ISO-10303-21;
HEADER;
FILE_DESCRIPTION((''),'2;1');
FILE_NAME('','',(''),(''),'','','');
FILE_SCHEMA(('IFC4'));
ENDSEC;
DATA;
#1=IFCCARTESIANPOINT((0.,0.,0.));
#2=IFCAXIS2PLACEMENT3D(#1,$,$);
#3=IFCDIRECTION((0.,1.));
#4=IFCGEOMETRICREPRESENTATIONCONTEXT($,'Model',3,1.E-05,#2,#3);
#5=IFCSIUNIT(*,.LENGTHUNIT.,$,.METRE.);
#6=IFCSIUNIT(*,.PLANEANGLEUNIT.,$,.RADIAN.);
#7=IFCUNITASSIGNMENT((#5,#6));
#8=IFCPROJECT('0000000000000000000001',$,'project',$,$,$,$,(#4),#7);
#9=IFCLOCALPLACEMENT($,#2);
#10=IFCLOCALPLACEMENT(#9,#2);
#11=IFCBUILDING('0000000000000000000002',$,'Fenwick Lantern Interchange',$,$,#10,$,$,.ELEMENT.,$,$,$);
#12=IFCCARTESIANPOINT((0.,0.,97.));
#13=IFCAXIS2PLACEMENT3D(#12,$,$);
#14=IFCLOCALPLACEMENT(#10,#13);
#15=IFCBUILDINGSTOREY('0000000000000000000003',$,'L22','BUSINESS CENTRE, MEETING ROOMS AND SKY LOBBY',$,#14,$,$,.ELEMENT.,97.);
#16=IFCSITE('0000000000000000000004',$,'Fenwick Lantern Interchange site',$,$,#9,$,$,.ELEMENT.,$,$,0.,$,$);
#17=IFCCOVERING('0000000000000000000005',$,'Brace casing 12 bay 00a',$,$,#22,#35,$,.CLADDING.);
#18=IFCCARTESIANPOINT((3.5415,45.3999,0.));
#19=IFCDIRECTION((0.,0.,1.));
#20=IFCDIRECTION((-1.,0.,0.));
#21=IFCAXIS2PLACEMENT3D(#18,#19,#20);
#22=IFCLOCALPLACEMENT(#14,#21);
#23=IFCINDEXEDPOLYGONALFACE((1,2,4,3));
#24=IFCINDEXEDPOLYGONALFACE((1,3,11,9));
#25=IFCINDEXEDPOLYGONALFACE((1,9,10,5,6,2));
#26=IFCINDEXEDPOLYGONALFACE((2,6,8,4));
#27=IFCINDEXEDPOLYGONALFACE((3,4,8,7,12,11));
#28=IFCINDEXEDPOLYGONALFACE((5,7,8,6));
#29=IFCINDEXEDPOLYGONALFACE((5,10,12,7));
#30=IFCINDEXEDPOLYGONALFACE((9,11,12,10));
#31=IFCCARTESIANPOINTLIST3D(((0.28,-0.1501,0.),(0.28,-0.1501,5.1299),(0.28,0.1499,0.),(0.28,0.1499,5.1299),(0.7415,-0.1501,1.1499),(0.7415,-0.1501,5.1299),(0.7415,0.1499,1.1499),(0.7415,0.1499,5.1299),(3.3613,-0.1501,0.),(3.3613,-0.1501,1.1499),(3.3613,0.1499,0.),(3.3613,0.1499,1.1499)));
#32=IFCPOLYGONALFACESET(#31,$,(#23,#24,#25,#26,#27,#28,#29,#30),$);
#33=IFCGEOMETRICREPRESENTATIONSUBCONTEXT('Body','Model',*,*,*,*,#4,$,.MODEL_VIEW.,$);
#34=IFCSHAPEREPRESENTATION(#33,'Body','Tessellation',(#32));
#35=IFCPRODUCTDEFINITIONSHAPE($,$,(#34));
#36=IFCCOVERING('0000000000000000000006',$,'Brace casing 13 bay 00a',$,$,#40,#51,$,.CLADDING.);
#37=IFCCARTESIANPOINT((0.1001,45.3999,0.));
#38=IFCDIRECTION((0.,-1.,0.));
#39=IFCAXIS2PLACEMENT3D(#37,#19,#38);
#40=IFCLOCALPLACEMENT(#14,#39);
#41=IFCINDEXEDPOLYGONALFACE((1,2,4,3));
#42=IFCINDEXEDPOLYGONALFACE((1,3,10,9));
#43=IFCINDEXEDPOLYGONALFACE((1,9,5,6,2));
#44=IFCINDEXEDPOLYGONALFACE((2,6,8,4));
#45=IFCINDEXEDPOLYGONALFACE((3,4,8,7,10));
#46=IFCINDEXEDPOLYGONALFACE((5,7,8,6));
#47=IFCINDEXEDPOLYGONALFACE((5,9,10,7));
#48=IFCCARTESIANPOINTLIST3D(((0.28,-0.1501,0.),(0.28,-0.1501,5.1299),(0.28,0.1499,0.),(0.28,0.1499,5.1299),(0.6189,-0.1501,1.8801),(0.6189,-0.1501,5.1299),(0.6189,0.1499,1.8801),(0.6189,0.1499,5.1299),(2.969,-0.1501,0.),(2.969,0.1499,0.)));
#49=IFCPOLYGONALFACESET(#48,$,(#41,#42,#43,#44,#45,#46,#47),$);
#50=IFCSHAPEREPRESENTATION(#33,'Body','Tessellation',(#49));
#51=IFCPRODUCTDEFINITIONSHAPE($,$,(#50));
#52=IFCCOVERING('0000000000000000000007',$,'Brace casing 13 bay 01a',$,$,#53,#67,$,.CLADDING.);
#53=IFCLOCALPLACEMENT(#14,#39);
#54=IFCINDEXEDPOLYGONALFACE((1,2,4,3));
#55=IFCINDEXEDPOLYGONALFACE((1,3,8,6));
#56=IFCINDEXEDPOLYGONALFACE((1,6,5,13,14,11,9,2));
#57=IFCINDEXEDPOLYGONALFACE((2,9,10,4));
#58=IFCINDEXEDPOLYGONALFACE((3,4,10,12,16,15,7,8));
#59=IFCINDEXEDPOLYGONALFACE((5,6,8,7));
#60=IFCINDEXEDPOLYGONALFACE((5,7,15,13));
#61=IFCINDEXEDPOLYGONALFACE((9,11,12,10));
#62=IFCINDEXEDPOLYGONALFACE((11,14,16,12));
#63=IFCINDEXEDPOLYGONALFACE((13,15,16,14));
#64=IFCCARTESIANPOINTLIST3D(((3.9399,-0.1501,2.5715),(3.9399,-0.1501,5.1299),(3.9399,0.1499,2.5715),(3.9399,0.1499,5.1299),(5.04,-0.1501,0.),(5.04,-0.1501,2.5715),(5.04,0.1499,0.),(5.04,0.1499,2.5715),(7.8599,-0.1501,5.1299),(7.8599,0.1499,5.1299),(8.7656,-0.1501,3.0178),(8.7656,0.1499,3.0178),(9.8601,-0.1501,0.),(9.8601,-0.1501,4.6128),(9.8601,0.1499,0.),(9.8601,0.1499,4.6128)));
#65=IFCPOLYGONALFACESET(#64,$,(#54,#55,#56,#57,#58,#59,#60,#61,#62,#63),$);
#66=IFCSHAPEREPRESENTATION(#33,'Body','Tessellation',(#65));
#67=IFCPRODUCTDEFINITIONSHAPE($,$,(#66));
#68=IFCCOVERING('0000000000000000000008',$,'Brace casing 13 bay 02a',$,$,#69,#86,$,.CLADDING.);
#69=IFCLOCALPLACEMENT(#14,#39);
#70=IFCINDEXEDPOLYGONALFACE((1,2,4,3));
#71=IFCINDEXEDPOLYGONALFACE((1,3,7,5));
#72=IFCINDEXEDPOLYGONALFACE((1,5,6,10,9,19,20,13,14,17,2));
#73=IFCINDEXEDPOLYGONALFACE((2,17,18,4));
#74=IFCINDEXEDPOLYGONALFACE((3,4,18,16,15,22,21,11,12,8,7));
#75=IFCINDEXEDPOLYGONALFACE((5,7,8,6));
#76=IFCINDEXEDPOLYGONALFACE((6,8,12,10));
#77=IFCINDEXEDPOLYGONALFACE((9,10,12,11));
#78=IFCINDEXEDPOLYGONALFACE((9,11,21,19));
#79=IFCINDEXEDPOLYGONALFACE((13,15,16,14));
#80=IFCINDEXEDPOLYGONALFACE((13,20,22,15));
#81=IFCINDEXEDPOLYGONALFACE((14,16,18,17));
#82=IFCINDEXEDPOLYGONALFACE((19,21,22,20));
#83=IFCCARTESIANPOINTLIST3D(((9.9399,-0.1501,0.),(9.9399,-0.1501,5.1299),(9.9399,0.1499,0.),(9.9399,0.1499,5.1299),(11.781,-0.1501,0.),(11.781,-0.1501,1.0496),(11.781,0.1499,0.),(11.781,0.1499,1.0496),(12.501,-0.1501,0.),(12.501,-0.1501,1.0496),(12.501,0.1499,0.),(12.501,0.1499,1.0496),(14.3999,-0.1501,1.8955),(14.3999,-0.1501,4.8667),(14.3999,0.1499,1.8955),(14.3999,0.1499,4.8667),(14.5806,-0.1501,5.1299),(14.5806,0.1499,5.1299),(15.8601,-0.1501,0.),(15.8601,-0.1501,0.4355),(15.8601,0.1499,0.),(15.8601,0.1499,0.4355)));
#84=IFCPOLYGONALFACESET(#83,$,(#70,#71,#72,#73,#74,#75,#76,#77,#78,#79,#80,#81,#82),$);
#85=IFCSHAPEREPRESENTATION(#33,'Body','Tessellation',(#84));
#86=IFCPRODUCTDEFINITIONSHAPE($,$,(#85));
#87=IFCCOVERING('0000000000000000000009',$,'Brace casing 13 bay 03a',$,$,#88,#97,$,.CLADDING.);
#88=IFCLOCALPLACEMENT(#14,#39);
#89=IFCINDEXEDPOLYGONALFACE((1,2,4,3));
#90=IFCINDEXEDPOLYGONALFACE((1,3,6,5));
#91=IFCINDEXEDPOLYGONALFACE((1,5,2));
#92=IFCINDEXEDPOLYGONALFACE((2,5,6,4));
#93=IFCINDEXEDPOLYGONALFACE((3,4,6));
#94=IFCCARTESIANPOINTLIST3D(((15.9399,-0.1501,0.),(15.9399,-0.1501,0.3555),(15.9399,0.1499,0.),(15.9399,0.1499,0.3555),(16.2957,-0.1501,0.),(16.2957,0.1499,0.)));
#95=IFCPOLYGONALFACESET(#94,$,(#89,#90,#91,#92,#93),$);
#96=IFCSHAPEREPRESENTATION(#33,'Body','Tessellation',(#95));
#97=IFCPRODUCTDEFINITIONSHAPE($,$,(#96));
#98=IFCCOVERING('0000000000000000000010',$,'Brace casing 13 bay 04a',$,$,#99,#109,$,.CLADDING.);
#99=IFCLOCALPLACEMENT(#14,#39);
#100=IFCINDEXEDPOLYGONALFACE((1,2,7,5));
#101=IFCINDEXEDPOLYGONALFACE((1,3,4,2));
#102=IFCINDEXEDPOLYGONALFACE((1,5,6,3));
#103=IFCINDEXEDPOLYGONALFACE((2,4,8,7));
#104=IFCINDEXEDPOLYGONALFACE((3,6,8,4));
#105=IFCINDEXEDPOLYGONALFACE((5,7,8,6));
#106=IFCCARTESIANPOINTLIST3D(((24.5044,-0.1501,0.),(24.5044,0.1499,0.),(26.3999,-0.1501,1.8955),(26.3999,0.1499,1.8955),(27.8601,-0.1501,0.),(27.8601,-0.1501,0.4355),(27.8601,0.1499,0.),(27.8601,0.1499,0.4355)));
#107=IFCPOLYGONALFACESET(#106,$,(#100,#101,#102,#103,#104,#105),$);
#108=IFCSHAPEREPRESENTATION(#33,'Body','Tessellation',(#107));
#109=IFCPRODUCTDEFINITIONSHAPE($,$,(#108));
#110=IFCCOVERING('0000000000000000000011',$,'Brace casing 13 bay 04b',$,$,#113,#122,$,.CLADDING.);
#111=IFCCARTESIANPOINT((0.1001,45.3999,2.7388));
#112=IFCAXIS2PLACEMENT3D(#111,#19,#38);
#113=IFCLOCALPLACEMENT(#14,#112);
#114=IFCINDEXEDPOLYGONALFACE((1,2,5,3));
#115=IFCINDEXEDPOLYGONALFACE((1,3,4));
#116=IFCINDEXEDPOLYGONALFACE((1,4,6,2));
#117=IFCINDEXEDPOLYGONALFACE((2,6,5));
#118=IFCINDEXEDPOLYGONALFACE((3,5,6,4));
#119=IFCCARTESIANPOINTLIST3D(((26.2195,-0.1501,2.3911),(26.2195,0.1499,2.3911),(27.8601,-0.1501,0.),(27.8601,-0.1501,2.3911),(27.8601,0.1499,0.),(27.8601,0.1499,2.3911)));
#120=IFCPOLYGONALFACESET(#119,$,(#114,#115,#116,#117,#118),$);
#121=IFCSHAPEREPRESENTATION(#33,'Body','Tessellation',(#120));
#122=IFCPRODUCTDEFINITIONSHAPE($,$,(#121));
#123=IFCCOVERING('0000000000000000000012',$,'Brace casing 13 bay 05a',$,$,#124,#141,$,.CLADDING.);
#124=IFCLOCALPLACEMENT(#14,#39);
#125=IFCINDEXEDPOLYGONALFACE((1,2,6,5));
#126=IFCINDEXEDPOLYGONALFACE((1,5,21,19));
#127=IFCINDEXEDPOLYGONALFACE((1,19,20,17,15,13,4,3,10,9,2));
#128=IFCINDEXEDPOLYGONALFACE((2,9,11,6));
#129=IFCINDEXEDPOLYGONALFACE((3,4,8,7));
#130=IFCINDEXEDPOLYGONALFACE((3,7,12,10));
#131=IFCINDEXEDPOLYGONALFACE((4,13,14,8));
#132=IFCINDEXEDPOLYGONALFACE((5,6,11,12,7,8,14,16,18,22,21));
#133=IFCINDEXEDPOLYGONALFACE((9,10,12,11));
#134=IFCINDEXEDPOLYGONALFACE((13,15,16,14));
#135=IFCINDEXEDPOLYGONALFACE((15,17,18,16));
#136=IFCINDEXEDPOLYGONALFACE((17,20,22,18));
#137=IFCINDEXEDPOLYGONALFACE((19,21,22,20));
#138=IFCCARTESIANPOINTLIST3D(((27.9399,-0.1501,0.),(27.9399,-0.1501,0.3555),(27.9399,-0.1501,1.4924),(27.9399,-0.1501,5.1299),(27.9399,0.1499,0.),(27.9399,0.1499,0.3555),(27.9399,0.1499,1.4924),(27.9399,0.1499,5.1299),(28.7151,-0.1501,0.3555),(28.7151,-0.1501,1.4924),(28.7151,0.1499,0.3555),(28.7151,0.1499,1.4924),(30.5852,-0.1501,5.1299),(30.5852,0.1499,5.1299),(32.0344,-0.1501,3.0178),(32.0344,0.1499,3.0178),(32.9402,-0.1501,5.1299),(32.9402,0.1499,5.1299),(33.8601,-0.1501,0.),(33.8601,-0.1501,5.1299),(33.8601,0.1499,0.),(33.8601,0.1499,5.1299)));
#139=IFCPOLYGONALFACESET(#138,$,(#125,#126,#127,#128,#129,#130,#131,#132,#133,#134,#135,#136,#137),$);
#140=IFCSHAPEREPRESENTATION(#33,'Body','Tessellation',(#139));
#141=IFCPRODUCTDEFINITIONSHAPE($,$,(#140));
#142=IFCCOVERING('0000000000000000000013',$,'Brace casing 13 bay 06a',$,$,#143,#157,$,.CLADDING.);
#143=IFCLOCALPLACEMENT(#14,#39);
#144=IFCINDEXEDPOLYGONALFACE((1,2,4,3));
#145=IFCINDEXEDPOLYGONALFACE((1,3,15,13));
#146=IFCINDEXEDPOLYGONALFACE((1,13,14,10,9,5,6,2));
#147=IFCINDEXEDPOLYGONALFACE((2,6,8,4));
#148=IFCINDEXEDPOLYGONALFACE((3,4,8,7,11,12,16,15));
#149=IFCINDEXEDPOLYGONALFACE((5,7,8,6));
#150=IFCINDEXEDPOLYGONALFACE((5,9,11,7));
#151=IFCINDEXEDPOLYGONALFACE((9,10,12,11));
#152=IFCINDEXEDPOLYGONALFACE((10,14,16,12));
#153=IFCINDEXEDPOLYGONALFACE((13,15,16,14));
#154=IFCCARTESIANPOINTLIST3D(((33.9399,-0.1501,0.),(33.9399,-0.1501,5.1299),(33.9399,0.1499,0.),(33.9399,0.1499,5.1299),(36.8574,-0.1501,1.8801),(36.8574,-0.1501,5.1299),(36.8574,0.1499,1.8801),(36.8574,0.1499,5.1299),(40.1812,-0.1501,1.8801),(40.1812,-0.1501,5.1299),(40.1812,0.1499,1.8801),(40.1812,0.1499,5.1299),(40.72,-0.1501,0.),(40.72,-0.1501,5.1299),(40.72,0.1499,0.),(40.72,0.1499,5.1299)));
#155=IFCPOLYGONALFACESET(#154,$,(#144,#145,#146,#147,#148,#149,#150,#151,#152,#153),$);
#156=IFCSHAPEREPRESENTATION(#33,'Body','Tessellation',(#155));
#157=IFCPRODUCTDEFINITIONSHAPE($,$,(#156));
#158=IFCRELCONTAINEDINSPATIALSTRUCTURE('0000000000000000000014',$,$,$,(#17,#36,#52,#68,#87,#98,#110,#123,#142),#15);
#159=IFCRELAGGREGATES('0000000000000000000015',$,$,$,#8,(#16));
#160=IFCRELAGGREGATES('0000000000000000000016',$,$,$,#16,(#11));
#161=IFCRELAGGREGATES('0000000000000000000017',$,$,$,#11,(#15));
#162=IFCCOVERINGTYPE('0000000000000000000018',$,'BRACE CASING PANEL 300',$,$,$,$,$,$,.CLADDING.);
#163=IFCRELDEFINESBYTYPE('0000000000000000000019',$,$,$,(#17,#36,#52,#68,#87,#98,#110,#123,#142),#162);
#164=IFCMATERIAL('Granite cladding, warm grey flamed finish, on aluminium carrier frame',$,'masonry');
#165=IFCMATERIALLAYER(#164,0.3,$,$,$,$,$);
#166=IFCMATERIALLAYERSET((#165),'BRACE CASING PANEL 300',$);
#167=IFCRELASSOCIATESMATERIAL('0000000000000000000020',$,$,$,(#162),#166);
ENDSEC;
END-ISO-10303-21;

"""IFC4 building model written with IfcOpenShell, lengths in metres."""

from ifc_helpers import new_model, si_unit, direction, frame, origin, place, context, subcontext, project, spatial, polyline, outline, extrude, material, layer, layer_set, type_object, element, save


model = new_model("IFC4")

# Units and contexts
model_context = context("Model", 3, precision=1e-05, world=origin(), true_north=direction((0.0, 1.0)))
body_context = subcontext(model_context, "Body", "Model", "MODEL_VIEW")
ifc_project = project(units=[si_unit("LENGTHUNIT", "METRE"), si_unit("PLANEANGLEUNIT", "RADIAN")], contexts=[model_context])

# Site, building, storey
site_placement = place(None, origin())
site = spatial("IfcSite", under=ifc_project, at=site_placement, Name="Fenwick Lantern Interchange site", CompositionType="ELEMENT", RefElevation=0.0)
building_placement = place(site_placement, origin())
building = spatial("IfcBuilding", under=site, at=building_placement, Name="Fenwick Lantern Interchange", CompositionType="ELEMENT")
storey_placement = place(building_placement, frame((0.0, 0.0, 97.0)))
storey = spatial("IfcBuildingStorey", under=building, at=storey_placement, Name="L22", Description="BUSINESS CENTRE, MEETING ROOMS AND SKY LOBBY", CompositionType="ELEMENT", Elevation=97.0)

# Coverings
ifc_material_1 = material(Name="Granite cladding, warm grey flamed finish, on aluminium carrier frame", Category="masonry")
ifc_layer_1 = layer(ifc_material_1, 0.3)
ifc_layer_set_1 = layer_set([ifc_layer_1], Name="BRACE CASING PANEL 300")
covering_type = type_object("IfcCoveringType", Name="BRACE CASING PANEL 300", PredefinedType="CLADDING", material=ifc_layer_set_1)
covering_1_placement = place(storey_placement, frame((3.5415, 45.3999, 0.0), z_axis=(0.0, 0.0, 1.0), x_axis=(-1.0, 0.0, 0.0)))
element("IfcCovering", 1, at=covering_1_placement, inside=storey, type_object=covering_type, Name="Brace casing 12 bay 00a", PredefinedType="CLADDING", context=body_context, shape_type="SweptSolid", body=[
    extrude(outline(polyline([(0.28, 0.0), (3.3613, 0.0), (3.3613, 1.1499), (0.7415, 1.1499), (0.7415, 5.1299), (0.28, 5.1299), (0.28, 0.0)])), frame((0.0, 0.1499, 0.0), z_axis=(0.0, -1.0, 0.0), x_axis=(1.0, 0.0, 0.0)), (0.0, 0.0, 1.0), 0.3),
])
covering_2_placement = place(storey_placement, frame((0.1001, 45.3999, 0.0), z_axis=(0.0, 0.0, 1.0), x_axis=(0.0, -1.0, 0.0)))
element("IfcCovering", 2, at=covering_2_placement, inside=storey, type_object=covering_type, Name="Brace casing 13 bay 00a", PredefinedType="CLADDING", context=body_context, shape_type="SweptSolid", body=[
    extrude(outline(polyline([(0.28, 0.0), (2.969, 0.0), (0.6189, 1.8801), (0.6189, 5.1299), (0.28, 5.1299), (0.28, 0.0)])), frame((0.0, 0.1499, 0.0), z_axis=(0.0, -1.0, 0.0), x_axis=(1.0, 0.0, 0.0)), (0.0, 0.0, 1.0), 0.3),
])
covering_3_placement = place(storey_placement, frame((0.1001, 45.3999, 0.0), z_axis=(0.0, 0.0, 1.0), x_axis=(0.0, -1.0, 0.0)))
element("IfcCovering", 3, at=covering_3_placement, inside=storey, type_object=covering_type, Name="Brace casing 13 bay 01a", PredefinedType="CLADDING", context=body_context, shape_type="SweptSolid", body=[
    extrude(outline(polyline([(5.04, 0.0), (9.8601, 0.0), (9.8601, 4.6128), (8.7656, 3.0178), (7.8599, 5.1299), (3.9399, 5.1299), (3.9399, 2.5715), (5.04, 2.5715), (5.04, 0.0)])), frame((0.0, 0.1499, 0.0), z_axis=(0.0, -1.0, 0.0), x_axis=(1.0, 0.0, 0.0)), (0.0, 0.0, 1.0), 0.3),
])
covering_4_placement = place(storey_placement, frame((0.1001, 45.3999, 0.0), z_axis=(0.0, 0.0, 1.0), x_axis=(0.0, -1.0, 0.0)))
element("IfcCovering", 4, at=covering_4_placement, inside=storey, type_object=covering_type, Name="Brace casing 13 bay 02a", PredefinedType="CLADDING", context=body_context, shape_type="SweptSolid", body=[
    extrude(outline(polyline([(9.9399, 0.0), (11.781, 0.0), (11.781, 1.0496), (12.501, 1.0496), (12.501, 0.0), (15.8601, 0.0), (15.8601, 0.4355), (14.3999, 1.8955), (14.3999, 4.8667), (14.5806, 5.1299), (9.9399, 5.1299), (9.9399, 0.0)])), frame((0.0, 0.1499, 0.0), z_axis=(0.0, -1.0, 0.0), x_axis=(1.0, 0.0, 0.0)), (0.0, 0.0, 1.0), 0.3),
])
covering_5_placement = place(storey_placement, frame((0.1001, 45.3999, 0.0), z_axis=(0.0, 0.0, 1.0), x_axis=(0.0, -1.0, 0.0)))
element("IfcCovering", 5, at=covering_5_placement, inside=storey, type_object=covering_type, Name="Brace casing 13 bay 03a", PredefinedType="CLADDING", context=body_context, shape_type="SweptSolid", body=[
    extrude(outline(polyline([(15.9399, 0.0), (16.2957, 0.0), (15.9399, 0.3555), (15.9399, 0.0)])), frame((0.0, 0.1499, 0.0), z_axis=(0.0, -1.0, 0.0), x_axis=(1.0, 0.0, 0.0)), (0.0, 0.0, 1.0), 0.3),
])
covering_6_placement = place(storey_placement, frame((0.1001, 45.3999, 0.0), z_axis=(0.0, 0.0, 1.0), x_axis=(0.0, -1.0, 0.0)))
element("IfcCovering", 6, at=covering_6_placement, inside=storey, type_object=covering_type, Name="Brace casing 13 bay 04a", PredefinedType="CLADDING", context=body_context, shape_type="SweptSolid", body=[
    extrude(outline(polyline([(24.5044, 0.0), (27.8601, 0.0), (27.8601, 0.4355), (26.3999, 1.8955), (24.5044, 0.0)])), frame((0.0, 0.1499, 0.0), z_axis=(0.0, -1.0, 0.0), x_axis=(1.0, 0.0, 0.0)), (0.0, 0.0, 1.0), 0.3),
])
covering_7_placement = place(storey_placement, frame((0.1001, 45.3999, 2.7388), z_axis=(0.0, 0.0, 1.0), x_axis=(0.0, -1.0, 0.0)))
element("IfcCovering", 7, at=covering_7_placement, inside=storey, type_object=covering_type, Name="Brace casing 13 bay 04b", PredefinedType="CLADDING", context=body_context, shape_type="SweptSolid", body=[
    extrude(outline(polyline([(27.8601, 0.0), (27.8601, 2.3911), (26.2195, 2.3911), (27.8601, 0.0)])), frame((0.0, 0.1499, 0.0), z_axis=(0.0, -1.0, 0.0), x_axis=(1.0, 0.0, 0.0)), (0.0, 0.0, 1.0), 0.3),
])
covering_8_placement = place(storey_placement, frame((0.1001, 45.3999, 0.0), z_axis=(0.0, 0.0, 1.0), x_axis=(0.0, -1.0, 0.0)))
element("IfcCovering", 8, at=covering_8_placement, inside=storey, type_object=covering_type, Name="Brace casing 13 bay 05a", PredefinedType="CLADDING", context=body_context, shape_type="SweptSolid", body=[
    extrude(outline(polyline([(27.9399, 0.0), (33.8601, 0.0), (33.8601, 5.1299), (32.9402, 5.1299), (32.0344, 3.0178), (30.5852, 5.1299), (27.9399, 5.1299), (27.9399, 1.4924), (28.7151, 1.4924), (28.7151, 0.3555), (27.9399, 0.3555), (27.9399, 0.0)])), frame((0.0, 0.1499, 0.0), z_axis=(0.0, -1.0, 0.0), x_axis=(1.0, 0.0, 0.0)), (0.0, 0.0, 1.0), 0.3),
])
covering_9_placement = place(storey_placement, frame((0.1001, 45.3999, 0.0), z_axis=(0.0, 0.0, 1.0), x_axis=(0.0, -1.0, 0.0)))
element("IfcCovering", 9, at=covering_9_placement, inside=storey, type_object=covering_type, Name="Brace casing 13 bay 06a", PredefinedType="CLADDING", context=body_context, shape_type="SweptSolid", body=[
    extrude(outline(polyline([(33.9399, 0.0), (40.72, 0.0), (40.72, 5.1299), (40.1812, 5.1299), (40.1812, 1.8801), (36.8574, 1.8801), (36.8574, 5.1299), (33.9399, 5.1299), (33.9399, 0.0)])), frame((0.0, 0.1499, 0.0), z_axis=(0.0, -1.0, 0.0), x_axis=(1.0, 0.0, 0.0)), (0.0, 0.0, 1.0), 0.3),
])

save(model, "model.ifc")
